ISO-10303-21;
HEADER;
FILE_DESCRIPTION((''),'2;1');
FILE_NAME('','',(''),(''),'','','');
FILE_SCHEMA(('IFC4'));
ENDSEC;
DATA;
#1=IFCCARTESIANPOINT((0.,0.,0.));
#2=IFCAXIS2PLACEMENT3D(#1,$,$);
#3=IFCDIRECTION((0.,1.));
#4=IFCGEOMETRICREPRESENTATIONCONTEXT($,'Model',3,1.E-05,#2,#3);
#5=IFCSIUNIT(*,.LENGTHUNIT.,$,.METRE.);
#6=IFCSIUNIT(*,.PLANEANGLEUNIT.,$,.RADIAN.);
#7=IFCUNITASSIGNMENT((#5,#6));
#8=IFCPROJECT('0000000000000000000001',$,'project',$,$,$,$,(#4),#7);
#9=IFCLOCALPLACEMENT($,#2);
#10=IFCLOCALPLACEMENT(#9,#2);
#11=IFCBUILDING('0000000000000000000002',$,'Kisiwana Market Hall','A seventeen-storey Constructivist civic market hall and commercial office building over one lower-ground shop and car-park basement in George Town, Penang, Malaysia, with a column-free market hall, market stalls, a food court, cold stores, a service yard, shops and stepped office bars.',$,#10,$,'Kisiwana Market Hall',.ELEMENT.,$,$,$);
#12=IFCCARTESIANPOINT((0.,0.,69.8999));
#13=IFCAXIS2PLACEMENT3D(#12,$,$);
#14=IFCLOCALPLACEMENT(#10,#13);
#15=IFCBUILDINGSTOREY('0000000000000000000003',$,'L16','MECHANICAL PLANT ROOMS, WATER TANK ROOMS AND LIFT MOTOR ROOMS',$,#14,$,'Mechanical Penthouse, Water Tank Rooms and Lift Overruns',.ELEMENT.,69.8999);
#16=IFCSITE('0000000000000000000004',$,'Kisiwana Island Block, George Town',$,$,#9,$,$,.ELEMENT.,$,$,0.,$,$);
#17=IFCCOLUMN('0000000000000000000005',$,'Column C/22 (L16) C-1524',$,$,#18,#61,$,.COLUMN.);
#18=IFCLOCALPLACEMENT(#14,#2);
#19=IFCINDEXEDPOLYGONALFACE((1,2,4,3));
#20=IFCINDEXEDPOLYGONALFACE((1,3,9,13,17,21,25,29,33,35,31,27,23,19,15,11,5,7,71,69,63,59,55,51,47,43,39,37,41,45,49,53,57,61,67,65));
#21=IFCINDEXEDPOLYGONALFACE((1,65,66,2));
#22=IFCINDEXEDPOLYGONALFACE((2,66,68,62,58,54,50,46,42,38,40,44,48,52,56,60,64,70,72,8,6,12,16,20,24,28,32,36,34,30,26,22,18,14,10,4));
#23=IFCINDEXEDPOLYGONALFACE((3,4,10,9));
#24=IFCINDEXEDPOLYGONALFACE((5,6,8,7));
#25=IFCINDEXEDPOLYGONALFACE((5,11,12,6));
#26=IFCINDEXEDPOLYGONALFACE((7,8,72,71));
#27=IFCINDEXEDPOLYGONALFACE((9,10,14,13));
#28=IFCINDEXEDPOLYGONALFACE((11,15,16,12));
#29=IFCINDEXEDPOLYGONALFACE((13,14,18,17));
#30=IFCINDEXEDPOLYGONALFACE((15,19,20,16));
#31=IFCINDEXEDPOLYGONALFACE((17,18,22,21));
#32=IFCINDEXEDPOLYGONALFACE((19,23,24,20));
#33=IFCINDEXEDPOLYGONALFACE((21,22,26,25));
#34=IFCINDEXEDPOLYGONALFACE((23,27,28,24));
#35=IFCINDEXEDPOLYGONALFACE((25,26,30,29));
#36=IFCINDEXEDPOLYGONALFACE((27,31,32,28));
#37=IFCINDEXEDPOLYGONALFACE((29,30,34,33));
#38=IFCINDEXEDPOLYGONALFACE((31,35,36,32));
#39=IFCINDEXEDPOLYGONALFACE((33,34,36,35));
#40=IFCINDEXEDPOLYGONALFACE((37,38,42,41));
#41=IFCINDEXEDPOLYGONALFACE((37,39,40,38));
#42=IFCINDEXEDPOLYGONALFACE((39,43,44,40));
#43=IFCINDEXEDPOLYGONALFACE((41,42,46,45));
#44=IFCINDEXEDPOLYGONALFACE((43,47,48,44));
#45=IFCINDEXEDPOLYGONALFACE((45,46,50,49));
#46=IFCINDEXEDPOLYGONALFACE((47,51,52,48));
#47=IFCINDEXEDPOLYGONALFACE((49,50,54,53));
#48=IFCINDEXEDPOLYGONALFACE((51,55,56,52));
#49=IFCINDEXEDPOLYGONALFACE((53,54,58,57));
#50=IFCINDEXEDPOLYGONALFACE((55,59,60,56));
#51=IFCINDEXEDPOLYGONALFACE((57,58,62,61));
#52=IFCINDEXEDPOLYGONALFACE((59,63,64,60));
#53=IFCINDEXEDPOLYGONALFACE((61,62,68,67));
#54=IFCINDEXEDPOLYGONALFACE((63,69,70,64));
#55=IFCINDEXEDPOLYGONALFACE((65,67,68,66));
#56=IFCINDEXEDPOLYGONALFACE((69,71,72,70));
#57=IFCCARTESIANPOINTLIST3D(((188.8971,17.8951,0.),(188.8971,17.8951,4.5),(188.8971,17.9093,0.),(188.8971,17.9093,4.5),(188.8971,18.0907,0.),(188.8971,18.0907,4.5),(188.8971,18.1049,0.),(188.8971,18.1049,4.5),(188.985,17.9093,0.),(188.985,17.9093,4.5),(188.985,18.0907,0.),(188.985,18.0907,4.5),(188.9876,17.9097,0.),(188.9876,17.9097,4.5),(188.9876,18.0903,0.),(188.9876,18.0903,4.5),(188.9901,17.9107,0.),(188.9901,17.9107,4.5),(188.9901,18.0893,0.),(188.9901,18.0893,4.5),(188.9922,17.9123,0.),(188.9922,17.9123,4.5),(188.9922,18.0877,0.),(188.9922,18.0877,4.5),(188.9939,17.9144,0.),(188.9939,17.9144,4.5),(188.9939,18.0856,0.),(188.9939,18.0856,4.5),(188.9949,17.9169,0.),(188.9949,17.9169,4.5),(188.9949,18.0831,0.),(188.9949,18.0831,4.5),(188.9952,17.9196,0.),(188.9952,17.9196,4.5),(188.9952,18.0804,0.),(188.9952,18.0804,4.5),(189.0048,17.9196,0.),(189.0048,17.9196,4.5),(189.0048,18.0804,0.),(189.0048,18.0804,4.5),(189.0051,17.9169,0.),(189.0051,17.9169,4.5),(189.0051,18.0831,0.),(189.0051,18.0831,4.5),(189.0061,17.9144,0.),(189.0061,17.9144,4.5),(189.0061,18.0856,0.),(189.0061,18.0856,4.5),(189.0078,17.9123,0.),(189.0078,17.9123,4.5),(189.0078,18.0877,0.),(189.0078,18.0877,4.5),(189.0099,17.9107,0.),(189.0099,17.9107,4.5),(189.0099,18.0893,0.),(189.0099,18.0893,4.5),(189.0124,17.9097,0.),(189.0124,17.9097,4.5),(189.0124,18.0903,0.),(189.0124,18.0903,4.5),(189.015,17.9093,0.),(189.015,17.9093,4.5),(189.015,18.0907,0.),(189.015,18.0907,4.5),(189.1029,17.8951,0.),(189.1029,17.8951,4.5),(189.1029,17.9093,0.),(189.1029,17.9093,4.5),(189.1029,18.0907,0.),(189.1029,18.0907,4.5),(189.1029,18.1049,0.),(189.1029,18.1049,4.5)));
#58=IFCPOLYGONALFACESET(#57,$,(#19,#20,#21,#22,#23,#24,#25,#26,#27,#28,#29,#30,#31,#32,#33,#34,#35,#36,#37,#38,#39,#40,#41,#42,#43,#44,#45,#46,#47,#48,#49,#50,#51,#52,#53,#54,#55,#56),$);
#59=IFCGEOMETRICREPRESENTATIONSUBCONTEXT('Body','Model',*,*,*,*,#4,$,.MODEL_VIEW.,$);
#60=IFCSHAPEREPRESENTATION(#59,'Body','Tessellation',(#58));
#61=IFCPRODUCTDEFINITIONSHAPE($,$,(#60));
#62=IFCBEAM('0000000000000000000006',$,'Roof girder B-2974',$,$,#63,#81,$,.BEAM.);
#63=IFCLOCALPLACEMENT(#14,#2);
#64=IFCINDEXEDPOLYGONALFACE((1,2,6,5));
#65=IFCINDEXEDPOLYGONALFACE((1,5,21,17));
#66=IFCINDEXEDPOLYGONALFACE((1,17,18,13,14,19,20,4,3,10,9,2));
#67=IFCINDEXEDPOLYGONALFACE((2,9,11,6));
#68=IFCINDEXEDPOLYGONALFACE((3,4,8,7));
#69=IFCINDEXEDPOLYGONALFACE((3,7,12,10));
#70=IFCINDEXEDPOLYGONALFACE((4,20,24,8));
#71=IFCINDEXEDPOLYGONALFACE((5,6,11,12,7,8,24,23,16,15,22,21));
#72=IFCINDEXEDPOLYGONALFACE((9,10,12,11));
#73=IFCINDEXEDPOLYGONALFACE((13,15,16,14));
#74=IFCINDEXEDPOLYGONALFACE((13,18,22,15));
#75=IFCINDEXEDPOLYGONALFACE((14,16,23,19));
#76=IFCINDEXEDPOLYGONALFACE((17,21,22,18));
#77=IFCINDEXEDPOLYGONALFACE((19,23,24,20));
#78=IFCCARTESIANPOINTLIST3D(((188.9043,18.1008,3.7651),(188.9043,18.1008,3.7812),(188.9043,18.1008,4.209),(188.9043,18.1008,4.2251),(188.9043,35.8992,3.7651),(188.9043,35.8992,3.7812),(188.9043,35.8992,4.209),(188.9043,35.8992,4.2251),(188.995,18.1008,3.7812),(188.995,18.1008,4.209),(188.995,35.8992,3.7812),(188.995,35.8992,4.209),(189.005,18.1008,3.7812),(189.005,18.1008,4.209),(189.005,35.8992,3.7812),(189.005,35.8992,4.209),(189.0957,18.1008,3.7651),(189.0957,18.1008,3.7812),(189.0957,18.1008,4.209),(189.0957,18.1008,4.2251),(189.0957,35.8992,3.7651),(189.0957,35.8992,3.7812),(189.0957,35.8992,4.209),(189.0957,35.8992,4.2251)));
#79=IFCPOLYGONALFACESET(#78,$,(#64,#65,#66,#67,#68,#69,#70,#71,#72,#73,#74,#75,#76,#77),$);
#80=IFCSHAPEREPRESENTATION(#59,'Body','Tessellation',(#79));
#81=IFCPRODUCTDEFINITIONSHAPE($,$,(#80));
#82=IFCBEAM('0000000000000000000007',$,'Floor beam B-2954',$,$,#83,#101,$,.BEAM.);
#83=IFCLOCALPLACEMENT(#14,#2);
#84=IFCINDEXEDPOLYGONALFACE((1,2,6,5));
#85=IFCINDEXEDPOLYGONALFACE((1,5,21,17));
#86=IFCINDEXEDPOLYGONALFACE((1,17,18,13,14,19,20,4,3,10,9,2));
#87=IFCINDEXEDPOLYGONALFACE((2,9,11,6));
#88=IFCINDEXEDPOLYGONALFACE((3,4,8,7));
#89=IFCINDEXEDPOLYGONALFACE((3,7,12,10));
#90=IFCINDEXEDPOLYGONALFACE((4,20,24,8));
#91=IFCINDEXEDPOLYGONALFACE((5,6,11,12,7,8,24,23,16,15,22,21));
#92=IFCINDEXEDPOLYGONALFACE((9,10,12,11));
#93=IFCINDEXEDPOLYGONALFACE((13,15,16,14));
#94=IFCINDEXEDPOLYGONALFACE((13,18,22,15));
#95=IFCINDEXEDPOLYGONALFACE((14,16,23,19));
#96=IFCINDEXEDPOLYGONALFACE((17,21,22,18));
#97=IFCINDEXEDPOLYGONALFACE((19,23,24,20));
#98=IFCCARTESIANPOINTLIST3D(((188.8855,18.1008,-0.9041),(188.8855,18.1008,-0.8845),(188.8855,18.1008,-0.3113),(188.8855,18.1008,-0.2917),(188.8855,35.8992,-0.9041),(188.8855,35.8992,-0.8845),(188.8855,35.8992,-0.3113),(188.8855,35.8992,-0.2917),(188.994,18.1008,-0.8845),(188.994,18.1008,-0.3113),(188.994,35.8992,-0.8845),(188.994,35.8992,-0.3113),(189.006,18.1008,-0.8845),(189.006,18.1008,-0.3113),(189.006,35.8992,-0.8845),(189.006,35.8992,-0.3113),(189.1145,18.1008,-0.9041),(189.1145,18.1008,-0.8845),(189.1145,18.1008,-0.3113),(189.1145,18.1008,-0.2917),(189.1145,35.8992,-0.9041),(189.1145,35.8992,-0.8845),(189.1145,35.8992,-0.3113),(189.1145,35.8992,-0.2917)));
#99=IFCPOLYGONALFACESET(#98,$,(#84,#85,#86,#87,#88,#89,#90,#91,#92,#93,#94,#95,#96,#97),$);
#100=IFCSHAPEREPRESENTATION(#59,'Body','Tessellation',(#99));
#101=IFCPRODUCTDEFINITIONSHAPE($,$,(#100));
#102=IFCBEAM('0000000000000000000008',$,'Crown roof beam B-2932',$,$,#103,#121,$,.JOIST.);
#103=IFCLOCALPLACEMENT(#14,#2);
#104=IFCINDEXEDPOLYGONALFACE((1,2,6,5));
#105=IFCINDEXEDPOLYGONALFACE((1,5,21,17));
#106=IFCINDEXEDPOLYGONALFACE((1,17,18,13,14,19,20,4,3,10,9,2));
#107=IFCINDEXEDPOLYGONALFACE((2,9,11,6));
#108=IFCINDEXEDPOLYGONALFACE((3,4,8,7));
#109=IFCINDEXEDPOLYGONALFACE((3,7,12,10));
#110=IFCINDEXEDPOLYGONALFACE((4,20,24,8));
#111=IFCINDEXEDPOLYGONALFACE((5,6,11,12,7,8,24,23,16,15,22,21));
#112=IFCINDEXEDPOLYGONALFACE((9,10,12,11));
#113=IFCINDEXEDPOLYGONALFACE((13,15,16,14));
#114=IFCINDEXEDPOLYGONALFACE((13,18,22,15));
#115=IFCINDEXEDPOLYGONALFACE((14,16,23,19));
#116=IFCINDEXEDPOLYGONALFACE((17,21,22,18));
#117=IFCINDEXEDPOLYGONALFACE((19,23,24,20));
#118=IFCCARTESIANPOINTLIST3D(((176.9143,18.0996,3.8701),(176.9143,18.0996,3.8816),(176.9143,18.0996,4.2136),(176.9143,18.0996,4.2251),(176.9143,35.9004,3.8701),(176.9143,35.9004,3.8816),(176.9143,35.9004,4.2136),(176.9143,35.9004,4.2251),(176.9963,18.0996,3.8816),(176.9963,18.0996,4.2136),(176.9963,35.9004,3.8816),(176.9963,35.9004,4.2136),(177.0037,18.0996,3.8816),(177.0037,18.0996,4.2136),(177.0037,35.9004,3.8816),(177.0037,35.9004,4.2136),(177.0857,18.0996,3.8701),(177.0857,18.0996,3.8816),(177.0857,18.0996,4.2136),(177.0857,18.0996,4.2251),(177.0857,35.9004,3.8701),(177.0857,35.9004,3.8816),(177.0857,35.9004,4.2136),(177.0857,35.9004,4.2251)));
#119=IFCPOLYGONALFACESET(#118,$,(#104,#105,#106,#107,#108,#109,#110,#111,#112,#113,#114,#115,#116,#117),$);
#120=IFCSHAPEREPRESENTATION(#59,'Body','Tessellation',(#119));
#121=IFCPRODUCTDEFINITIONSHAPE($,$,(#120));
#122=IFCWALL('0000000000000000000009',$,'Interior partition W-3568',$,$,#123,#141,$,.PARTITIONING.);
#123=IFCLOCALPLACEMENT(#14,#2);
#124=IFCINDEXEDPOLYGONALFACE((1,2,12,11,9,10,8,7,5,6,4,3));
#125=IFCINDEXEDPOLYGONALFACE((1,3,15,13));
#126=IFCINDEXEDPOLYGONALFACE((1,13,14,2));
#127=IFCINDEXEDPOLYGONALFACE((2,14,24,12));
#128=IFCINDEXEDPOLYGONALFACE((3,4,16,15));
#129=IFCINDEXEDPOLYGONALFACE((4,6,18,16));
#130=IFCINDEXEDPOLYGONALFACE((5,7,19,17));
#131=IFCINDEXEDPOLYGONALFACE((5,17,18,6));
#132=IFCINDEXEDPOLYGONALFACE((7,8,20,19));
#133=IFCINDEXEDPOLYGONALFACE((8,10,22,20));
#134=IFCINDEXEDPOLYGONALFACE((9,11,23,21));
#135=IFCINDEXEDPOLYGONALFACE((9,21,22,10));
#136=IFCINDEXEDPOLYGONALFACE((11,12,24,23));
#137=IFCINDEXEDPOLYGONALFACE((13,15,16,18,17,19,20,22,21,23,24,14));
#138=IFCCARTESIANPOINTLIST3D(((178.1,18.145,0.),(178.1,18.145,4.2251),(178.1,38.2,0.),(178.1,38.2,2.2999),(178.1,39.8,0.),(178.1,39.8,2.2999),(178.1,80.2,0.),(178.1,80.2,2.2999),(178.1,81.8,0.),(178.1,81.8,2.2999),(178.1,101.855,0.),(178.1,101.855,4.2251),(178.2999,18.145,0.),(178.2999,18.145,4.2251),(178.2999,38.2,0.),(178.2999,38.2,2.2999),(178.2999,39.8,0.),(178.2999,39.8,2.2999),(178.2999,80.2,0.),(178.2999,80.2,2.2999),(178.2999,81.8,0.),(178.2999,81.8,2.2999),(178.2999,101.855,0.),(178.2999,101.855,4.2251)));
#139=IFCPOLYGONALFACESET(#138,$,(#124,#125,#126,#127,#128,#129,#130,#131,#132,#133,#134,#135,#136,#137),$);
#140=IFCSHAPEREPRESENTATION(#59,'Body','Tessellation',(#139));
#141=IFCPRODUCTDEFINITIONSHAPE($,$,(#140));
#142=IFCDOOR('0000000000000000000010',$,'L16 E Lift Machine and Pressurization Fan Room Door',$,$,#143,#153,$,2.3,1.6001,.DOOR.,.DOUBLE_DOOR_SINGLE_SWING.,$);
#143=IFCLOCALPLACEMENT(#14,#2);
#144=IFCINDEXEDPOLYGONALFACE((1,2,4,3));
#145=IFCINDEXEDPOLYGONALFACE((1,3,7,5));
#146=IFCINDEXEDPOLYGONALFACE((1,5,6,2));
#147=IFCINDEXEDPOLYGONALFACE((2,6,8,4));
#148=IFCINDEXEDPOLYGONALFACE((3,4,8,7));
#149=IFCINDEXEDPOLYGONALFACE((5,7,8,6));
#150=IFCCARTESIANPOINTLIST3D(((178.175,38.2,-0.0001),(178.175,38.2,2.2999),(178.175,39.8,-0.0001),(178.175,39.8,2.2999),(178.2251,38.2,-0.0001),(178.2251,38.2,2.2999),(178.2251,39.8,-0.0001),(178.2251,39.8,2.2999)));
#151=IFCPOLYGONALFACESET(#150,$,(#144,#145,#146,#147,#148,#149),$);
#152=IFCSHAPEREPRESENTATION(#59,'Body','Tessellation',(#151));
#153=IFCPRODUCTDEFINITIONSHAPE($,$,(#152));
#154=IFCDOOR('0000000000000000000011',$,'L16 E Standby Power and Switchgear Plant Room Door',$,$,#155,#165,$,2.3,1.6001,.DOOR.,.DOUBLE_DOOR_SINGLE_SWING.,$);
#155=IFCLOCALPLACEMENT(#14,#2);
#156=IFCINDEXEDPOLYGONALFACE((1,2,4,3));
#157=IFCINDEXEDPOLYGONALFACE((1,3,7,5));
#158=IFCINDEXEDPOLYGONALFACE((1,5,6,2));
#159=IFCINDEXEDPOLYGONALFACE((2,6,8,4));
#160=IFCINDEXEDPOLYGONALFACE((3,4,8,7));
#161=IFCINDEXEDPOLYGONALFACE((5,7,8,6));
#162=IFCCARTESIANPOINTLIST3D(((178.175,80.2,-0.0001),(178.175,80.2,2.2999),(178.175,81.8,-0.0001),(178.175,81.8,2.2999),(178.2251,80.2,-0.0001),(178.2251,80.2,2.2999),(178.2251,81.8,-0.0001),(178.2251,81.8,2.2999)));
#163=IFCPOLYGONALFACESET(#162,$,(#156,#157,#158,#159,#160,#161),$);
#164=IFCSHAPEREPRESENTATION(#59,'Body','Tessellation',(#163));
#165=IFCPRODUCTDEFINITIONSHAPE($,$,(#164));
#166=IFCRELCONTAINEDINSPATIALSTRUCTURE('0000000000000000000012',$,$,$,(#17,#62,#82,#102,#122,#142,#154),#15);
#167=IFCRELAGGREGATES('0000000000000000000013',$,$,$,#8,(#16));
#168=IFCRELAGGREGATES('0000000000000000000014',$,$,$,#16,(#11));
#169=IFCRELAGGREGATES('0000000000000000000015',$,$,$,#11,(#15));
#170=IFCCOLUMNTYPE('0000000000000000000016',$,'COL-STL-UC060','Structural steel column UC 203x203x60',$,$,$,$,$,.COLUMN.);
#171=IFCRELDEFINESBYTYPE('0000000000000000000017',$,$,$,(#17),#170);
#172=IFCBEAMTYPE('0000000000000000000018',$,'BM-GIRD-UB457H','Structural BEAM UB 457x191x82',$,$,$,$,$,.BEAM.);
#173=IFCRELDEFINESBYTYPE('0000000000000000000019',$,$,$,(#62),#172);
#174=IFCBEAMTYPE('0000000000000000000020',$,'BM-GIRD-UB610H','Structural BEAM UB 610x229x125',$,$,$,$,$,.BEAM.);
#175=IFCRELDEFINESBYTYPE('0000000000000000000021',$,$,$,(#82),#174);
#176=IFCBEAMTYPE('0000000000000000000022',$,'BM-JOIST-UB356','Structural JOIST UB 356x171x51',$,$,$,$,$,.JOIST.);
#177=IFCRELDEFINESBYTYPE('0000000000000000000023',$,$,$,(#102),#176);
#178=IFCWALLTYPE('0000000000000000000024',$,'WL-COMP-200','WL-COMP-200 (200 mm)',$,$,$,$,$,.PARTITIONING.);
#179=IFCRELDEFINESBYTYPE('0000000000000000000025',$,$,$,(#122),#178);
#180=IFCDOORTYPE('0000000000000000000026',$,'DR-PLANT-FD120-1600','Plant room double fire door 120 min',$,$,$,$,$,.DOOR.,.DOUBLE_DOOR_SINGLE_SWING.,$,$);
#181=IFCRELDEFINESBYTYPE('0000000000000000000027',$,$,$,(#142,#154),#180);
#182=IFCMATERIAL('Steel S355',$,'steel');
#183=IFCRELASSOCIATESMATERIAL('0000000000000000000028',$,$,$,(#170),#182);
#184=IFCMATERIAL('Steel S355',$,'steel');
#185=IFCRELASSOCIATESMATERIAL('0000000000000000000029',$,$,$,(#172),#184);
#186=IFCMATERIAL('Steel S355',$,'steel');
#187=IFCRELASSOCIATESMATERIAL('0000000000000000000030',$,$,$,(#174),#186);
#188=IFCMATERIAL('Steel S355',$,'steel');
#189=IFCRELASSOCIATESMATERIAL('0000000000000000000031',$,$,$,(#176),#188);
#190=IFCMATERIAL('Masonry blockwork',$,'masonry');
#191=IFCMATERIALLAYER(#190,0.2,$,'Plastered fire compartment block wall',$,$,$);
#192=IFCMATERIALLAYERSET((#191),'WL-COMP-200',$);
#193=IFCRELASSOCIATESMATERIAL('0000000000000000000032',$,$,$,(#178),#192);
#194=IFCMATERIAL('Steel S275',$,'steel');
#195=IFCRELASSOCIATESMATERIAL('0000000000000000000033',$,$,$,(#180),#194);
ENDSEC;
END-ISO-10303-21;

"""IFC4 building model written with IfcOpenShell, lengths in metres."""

from ifc_helpers import new_model, si_unit, direction, frame, frame_2d, origin, origin_2d, place, context, subcontext, project, spatial, rectangle, i_section, extrude, material, layer, layer_set, material_profile, profile_set, type_object, element, fill, save


model = new_model("IFC4")

# Units and contexts
model_context = context("Model", 3, precision=1e-05, world=origin(), true_north=direction((0.0, 1.0)))
body_context = subcontext(model_context, "Body", "Model", "MODEL_VIEW")
ifc_project = project(units=[si_unit("LENGTHUNIT", "METRE"), si_unit("PLANEANGLEUNIT", "RADIAN")], contexts=[model_context])

# Site, building, storey
site_placement = place(None, origin())
site = spatial("IfcSite", under=ifc_project, at=site_placement, Name="Kisiwana Island Block, George Town", CompositionType="ELEMENT", RefElevation=0.0)
building_placement = place(site_placement, origin())
building = spatial("IfcBuilding", under=site, at=building_placement, Name="Kisiwana Market Hall", Description="A seventeen-storey Constructivist civic market hall and commercial office building over one lower-ground shop and car-park basement in George Town, Penang, Malaysia, with a column-free market hall, market stalls, a food court, cold stores, a service yard, shops and stepped office bars.", LongName="Kisiwana Market Hall", CompositionType="ELEMENT")
storey_placement = place(building_placement, frame((0.0, 0.0, 69.8999)))
storey = spatial("IfcBuildingStorey", under=building, at=storey_placement, Name="L16", Description="MECHANICAL PLANT ROOMS, WATER TANK ROOMS AND LIFT MOTOR ROOMS", LongName="Mechanical Penthouse, Water Tank Rooms and Lift Overruns", CompositionType="ELEMENT", Elevation=69.8999)

# Column
ifc_material_1 = material(Name="Steel S355", Category="steel")
ifc_material_profile_1 = material_profile(ifc_material_1, i_section(OverallWidth=0.2058, OverallDepth=0.2097, WebThickness=0.0095, FlangeThickness=0.0142, FilletRadius=0.0103, at=origin_2d()), Name="UC 203x203x60")
ifc_profile_set_1 = profile_set([ifc_material_profile_1], Name="Steel S355")
column_type = type_object("IfcColumnType", Name="COL-STL-UC060", Description="Structural steel column UC 203x203x60", PredefinedType="COLUMN", material=ifc_profile_set_1)
column_placement = place(storey_placement, frame((189.0, 18.0, 0.0), z_axis=(0.0, 0.0, 1.0), x_axis=(1.0, 0.0, 0.0)))
element("IfcColumn", 1, at=column_placement, inside=storey, type_object=column_type, Name="Column C/22 (L16) C-1524", PredefinedType="COLUMN", context=body_context, shape_type="SweptSolid", body=[
    extrude(i_section(OverallWidth=0.2058, OverallDepth=0.2097, WebThickness=0.0095, FlangeThickness=0.0142, FilletRadius=0.0103, at=origin_2d()), origin(), (0.0, 0.0, 1.0), 4.5),
])

# Beams
ifc_material_2 = material(Name="Steel S355", Category="steel")
ifc_material_profile_2 = material_profile(ifc_material_2, i_section(OverallWidth=0.1914, OverallDepth=0.46, WebThickness=0.01, FlangeThickness=0.0161, at=origin_2d()), Name="UB 457x191x82")
ifc_profile_set_2 = profile_set([ifc_material_profile_2], Name="Steel S355")
beam_type_1 = type_object("IfcBeamType", Name="BM-GIRD-UB457H", Description="Structural BEAM UB 457x191x82", PredefinedType="BEAM", material=ifc_profile_set_2)
beam_1_placement = place(storey_placement, frame((189.0, 18.1008, 3.9951), z_axis=(0.0, 1.0, 0.0), x_axis=(-1.0, 0.0, 0.0)))
element("IfcBeam", 2, at=beam_1_placement, inside=storey, type_object=beam_type_1, Name="Roof girder B-2974", PredefinedType="BEAM", context=body_context, shape_type="SweptSolid", body=[
    extrude(i_section(OverallWidth=0.1914, OverallDepth=0.46, WebThickness=0.01, FlangeThickness=0.0161, at=origin_2d()), origin(), (0.0, 0.0, 1.0), 17.7983),
])
ifc_material_3 = material(Name="Steel S355", Category="steel")
ifc_material_profile_3 = material_profile(ifc_material_3, i_section(OverallWidth=0.229, OverallDepth=0.6123, WebThickness=0.012, FlangeThickness=0.0195, at=origin_2d()), Name="UB 610x229x125")
ifc_profile_set_3 = profile_set([ifc_material_profile_3], Name="Steel S355")
beam_type_2 = type_object("IfcBeamType", Name="BM-GIRD-UB610H", Description="Structural BEAM UB 610x229x125", PredefinedType="BEAM", material=ifc_profile_set_3)
beam_2_placement = place(storey_placement, frame((189.0, 18.1008, -0.5979), z_axis=(0.0, 1.0, 0.0), x_axis=(-1.0, 0.0, 0.0)))
element("IfcBeam", 3, at=beam_2_placement, inside=storey, type_object=beam_type_2, Name="Floor beam B-2954", PredefinedType="BEAM", context=body_context, shape_type="SweptSolid", body=[
    extrude(i_section(OverallWidth=0.229, OverallDepth=0.6123, WebThickness=0.012, FlangeThickness=0.0195, at=origin_2d()), origin(), (0.0, 0.0, 1.0), 17.7983),
])
ifc_material_4 = material(Name="Steel S355", Category="steel")
ifc_material_profile_4 = material_profile(ifc_material_4, i_section(OverallWidth=0.1714, OverallDepth=0.355, WebThickness=0.0073, FlangeThickness=0.0115, at=origin_2d()), Name="UB 356x171x51")
ifc_profile_set_4 = profile_set([ifc_material_profile_4], Name="Steel S355")
beam_type_3 = type_object("IfcBeamType", Name="BM-JOIST-UB356", Description="Structural JOIST UB 356x171x51", PredefinedType="JOIST", material=ifc_profile_set_4)
beam_3_placement = place(storey_placement, frame((177.0, 18.0996, 4.0476), z_axis=(0.0, 1.0, 0.0), x_axis=(-1.0, 0.0, 0.0)))
element("IfcBeam", 4, at=beam_3_placement, inside=storey, type_object=beam_type_3, Name="Crown roof beam B-2932", PredefinedType="JOIST", context=body_context, shape_type="SweptSolid", body=[
    extrude(i_section(OverallWidth=0.1714, OverallDepth=0.355, WebThickness=0.0073, FlangeThickness=0.0115, at=origin_2d()), origin(), (0.0, 0.0, 1.0), 17.8008),
])

# Wall, openings, doors
ifc_material_5 = material(Name="Masonry blockwork", Category="masonry")
ifc_layer_1 = layer(ifc_material_5, 0.2, Name="Plastered fire compartment block wall")
ifc_layer_set_1 = layer_set([ifc_layer_1], Name="WL-COMP-200")
wall_type_1 = type_object("IfcWallType", Name="WL-COMP-200", Description="WL-COMP-200 (200 mm)", PredefinedType="PARTITIONING", material=ifc_layer_set_1)
wall_1_placement = place(storey_placement, frame((178.2, 18.145, 0.0), z_axis=(0.0, 0.0, 1.0), x_axis=(0.0, 1.0, 0.0)))
wall_1 = element("IfcWall", 5, at=wall_1_placement, inside=storey, type_object=wall_type_1, Name="Interior partition W-3568", PredefinedType="PARTITIONING", context=body_context, shape_type="SweptSolid", body=[
    extrude(rectangle(XDim=83.71, YDim=0.2, at=frame_2d((41.855, 0.0))), origin(), (0.0, 0.0, 1.0), 4.2251),
])
opening_1_placement = place(wall_1_placement, frame((20.0549, 0.0, 0.0)))
opening_1 = element("IfcOpeningElement", 6, at=opening_1_placement, cuts=wall_1, PredefinedType="OPENING", context=body_context, shape_type="SweptSolid", body=[
    extrude(rectangle(XDim=1.6001, YDim=2.3, at=frame_2d((0.8, 1.1499))), frame((0.0, 0.1118, 0.0), z_axis=(0.0, -1.0, 0.0), x_axis=(1.0, 0.0, 0.0)), (0.0, 0.0, 1.0), 0.2239),
])
opening_2_placement = place(wall_1_placement, frame((62.0549, 0.0, 0.0)))
opening_2 = element("IfcOpeningElement", 7, at=opening_2_placement, cuts=wall_1, PredefinedType="OPENING", context=body_context, shape_type="SweptSolid", body=[
    extrude(rectangle(XDim=1.6001, YDim=2.3, at=frame_2d((0.8, 1.1499))), frame((0.0, 0.1118, 0.0), z_axis=(0.0, -1.0, 0.0), x_axis=(1.0, 0.0, 0.0)), (0.0, 0.0, 1.0), 0.2239),
])
ifc_material_6 = material(Name="Steel S275", Category="steel")
door_type_1 = type_object("IfcDoorType", Name="DR-PLANT-FD120-1600", Description="Plant room double fire door 120 min", OperationType="DOUBLE_DOOR_SINGLE_SWING", PredefinedType="DOOR", material=ifc_material_6)
door_1_placement = place(opening_1_placement, origin())
door_1 = element("IfcDoor", 8, at=door_1_placement, inside=storey, type_object=door_type_1, Name="L16 E Lift Machine and Pressurization Fan Room Door", OperationType="DOUBLE_DOOR_SINGLE_SWING", OverallHeight=2.3, OverallWidth=1.6001, PredefinedType="DOOR", context=body_context, shape_type="SweptSolid", body=[
    extrude(rectangle(XDim=1.6001, YDim=2.3, at=frame_2d((0.8, 1.1499))), frame((0.0, 0.0249, 0.0), z_axis=(0.0, -1.0, 0.0), x_axis=(1.0, 0.0, 0.0)), (0.0, 0.0, 1.0), 0.05),
])
fill(opening_1, door_1)
door_2_placement = place(opening_2_placement, origin())
door_2 = element("IfcDoor", 9, at=door_2_placement, inside=storey, type_object=door_type_1, Name="L16 E Standby Power and Switchgear Plant Room Door", OperationType="DOUBLE_DOOR_SINGLE_SWING", OverallHeight=2.3, OverallWidth=1.6001, PredefinedType="DOOR", context=body_context, shape_type="SweptSolid", body=[
    extrude(rectangle(XDim=1.6001, YDim=2.3, at=frame_2d((0.8, 1.1499))), frame((0.0, 0.0249, 0.0), z_axis=(0.0, -1.0, 0.0), x_axis=(1.0, 0.0, 0.0)), (0.0, 0.0, 1.0), 0.05),
])
fill(opening_2, door_2)

save(model, "model.ifc")
